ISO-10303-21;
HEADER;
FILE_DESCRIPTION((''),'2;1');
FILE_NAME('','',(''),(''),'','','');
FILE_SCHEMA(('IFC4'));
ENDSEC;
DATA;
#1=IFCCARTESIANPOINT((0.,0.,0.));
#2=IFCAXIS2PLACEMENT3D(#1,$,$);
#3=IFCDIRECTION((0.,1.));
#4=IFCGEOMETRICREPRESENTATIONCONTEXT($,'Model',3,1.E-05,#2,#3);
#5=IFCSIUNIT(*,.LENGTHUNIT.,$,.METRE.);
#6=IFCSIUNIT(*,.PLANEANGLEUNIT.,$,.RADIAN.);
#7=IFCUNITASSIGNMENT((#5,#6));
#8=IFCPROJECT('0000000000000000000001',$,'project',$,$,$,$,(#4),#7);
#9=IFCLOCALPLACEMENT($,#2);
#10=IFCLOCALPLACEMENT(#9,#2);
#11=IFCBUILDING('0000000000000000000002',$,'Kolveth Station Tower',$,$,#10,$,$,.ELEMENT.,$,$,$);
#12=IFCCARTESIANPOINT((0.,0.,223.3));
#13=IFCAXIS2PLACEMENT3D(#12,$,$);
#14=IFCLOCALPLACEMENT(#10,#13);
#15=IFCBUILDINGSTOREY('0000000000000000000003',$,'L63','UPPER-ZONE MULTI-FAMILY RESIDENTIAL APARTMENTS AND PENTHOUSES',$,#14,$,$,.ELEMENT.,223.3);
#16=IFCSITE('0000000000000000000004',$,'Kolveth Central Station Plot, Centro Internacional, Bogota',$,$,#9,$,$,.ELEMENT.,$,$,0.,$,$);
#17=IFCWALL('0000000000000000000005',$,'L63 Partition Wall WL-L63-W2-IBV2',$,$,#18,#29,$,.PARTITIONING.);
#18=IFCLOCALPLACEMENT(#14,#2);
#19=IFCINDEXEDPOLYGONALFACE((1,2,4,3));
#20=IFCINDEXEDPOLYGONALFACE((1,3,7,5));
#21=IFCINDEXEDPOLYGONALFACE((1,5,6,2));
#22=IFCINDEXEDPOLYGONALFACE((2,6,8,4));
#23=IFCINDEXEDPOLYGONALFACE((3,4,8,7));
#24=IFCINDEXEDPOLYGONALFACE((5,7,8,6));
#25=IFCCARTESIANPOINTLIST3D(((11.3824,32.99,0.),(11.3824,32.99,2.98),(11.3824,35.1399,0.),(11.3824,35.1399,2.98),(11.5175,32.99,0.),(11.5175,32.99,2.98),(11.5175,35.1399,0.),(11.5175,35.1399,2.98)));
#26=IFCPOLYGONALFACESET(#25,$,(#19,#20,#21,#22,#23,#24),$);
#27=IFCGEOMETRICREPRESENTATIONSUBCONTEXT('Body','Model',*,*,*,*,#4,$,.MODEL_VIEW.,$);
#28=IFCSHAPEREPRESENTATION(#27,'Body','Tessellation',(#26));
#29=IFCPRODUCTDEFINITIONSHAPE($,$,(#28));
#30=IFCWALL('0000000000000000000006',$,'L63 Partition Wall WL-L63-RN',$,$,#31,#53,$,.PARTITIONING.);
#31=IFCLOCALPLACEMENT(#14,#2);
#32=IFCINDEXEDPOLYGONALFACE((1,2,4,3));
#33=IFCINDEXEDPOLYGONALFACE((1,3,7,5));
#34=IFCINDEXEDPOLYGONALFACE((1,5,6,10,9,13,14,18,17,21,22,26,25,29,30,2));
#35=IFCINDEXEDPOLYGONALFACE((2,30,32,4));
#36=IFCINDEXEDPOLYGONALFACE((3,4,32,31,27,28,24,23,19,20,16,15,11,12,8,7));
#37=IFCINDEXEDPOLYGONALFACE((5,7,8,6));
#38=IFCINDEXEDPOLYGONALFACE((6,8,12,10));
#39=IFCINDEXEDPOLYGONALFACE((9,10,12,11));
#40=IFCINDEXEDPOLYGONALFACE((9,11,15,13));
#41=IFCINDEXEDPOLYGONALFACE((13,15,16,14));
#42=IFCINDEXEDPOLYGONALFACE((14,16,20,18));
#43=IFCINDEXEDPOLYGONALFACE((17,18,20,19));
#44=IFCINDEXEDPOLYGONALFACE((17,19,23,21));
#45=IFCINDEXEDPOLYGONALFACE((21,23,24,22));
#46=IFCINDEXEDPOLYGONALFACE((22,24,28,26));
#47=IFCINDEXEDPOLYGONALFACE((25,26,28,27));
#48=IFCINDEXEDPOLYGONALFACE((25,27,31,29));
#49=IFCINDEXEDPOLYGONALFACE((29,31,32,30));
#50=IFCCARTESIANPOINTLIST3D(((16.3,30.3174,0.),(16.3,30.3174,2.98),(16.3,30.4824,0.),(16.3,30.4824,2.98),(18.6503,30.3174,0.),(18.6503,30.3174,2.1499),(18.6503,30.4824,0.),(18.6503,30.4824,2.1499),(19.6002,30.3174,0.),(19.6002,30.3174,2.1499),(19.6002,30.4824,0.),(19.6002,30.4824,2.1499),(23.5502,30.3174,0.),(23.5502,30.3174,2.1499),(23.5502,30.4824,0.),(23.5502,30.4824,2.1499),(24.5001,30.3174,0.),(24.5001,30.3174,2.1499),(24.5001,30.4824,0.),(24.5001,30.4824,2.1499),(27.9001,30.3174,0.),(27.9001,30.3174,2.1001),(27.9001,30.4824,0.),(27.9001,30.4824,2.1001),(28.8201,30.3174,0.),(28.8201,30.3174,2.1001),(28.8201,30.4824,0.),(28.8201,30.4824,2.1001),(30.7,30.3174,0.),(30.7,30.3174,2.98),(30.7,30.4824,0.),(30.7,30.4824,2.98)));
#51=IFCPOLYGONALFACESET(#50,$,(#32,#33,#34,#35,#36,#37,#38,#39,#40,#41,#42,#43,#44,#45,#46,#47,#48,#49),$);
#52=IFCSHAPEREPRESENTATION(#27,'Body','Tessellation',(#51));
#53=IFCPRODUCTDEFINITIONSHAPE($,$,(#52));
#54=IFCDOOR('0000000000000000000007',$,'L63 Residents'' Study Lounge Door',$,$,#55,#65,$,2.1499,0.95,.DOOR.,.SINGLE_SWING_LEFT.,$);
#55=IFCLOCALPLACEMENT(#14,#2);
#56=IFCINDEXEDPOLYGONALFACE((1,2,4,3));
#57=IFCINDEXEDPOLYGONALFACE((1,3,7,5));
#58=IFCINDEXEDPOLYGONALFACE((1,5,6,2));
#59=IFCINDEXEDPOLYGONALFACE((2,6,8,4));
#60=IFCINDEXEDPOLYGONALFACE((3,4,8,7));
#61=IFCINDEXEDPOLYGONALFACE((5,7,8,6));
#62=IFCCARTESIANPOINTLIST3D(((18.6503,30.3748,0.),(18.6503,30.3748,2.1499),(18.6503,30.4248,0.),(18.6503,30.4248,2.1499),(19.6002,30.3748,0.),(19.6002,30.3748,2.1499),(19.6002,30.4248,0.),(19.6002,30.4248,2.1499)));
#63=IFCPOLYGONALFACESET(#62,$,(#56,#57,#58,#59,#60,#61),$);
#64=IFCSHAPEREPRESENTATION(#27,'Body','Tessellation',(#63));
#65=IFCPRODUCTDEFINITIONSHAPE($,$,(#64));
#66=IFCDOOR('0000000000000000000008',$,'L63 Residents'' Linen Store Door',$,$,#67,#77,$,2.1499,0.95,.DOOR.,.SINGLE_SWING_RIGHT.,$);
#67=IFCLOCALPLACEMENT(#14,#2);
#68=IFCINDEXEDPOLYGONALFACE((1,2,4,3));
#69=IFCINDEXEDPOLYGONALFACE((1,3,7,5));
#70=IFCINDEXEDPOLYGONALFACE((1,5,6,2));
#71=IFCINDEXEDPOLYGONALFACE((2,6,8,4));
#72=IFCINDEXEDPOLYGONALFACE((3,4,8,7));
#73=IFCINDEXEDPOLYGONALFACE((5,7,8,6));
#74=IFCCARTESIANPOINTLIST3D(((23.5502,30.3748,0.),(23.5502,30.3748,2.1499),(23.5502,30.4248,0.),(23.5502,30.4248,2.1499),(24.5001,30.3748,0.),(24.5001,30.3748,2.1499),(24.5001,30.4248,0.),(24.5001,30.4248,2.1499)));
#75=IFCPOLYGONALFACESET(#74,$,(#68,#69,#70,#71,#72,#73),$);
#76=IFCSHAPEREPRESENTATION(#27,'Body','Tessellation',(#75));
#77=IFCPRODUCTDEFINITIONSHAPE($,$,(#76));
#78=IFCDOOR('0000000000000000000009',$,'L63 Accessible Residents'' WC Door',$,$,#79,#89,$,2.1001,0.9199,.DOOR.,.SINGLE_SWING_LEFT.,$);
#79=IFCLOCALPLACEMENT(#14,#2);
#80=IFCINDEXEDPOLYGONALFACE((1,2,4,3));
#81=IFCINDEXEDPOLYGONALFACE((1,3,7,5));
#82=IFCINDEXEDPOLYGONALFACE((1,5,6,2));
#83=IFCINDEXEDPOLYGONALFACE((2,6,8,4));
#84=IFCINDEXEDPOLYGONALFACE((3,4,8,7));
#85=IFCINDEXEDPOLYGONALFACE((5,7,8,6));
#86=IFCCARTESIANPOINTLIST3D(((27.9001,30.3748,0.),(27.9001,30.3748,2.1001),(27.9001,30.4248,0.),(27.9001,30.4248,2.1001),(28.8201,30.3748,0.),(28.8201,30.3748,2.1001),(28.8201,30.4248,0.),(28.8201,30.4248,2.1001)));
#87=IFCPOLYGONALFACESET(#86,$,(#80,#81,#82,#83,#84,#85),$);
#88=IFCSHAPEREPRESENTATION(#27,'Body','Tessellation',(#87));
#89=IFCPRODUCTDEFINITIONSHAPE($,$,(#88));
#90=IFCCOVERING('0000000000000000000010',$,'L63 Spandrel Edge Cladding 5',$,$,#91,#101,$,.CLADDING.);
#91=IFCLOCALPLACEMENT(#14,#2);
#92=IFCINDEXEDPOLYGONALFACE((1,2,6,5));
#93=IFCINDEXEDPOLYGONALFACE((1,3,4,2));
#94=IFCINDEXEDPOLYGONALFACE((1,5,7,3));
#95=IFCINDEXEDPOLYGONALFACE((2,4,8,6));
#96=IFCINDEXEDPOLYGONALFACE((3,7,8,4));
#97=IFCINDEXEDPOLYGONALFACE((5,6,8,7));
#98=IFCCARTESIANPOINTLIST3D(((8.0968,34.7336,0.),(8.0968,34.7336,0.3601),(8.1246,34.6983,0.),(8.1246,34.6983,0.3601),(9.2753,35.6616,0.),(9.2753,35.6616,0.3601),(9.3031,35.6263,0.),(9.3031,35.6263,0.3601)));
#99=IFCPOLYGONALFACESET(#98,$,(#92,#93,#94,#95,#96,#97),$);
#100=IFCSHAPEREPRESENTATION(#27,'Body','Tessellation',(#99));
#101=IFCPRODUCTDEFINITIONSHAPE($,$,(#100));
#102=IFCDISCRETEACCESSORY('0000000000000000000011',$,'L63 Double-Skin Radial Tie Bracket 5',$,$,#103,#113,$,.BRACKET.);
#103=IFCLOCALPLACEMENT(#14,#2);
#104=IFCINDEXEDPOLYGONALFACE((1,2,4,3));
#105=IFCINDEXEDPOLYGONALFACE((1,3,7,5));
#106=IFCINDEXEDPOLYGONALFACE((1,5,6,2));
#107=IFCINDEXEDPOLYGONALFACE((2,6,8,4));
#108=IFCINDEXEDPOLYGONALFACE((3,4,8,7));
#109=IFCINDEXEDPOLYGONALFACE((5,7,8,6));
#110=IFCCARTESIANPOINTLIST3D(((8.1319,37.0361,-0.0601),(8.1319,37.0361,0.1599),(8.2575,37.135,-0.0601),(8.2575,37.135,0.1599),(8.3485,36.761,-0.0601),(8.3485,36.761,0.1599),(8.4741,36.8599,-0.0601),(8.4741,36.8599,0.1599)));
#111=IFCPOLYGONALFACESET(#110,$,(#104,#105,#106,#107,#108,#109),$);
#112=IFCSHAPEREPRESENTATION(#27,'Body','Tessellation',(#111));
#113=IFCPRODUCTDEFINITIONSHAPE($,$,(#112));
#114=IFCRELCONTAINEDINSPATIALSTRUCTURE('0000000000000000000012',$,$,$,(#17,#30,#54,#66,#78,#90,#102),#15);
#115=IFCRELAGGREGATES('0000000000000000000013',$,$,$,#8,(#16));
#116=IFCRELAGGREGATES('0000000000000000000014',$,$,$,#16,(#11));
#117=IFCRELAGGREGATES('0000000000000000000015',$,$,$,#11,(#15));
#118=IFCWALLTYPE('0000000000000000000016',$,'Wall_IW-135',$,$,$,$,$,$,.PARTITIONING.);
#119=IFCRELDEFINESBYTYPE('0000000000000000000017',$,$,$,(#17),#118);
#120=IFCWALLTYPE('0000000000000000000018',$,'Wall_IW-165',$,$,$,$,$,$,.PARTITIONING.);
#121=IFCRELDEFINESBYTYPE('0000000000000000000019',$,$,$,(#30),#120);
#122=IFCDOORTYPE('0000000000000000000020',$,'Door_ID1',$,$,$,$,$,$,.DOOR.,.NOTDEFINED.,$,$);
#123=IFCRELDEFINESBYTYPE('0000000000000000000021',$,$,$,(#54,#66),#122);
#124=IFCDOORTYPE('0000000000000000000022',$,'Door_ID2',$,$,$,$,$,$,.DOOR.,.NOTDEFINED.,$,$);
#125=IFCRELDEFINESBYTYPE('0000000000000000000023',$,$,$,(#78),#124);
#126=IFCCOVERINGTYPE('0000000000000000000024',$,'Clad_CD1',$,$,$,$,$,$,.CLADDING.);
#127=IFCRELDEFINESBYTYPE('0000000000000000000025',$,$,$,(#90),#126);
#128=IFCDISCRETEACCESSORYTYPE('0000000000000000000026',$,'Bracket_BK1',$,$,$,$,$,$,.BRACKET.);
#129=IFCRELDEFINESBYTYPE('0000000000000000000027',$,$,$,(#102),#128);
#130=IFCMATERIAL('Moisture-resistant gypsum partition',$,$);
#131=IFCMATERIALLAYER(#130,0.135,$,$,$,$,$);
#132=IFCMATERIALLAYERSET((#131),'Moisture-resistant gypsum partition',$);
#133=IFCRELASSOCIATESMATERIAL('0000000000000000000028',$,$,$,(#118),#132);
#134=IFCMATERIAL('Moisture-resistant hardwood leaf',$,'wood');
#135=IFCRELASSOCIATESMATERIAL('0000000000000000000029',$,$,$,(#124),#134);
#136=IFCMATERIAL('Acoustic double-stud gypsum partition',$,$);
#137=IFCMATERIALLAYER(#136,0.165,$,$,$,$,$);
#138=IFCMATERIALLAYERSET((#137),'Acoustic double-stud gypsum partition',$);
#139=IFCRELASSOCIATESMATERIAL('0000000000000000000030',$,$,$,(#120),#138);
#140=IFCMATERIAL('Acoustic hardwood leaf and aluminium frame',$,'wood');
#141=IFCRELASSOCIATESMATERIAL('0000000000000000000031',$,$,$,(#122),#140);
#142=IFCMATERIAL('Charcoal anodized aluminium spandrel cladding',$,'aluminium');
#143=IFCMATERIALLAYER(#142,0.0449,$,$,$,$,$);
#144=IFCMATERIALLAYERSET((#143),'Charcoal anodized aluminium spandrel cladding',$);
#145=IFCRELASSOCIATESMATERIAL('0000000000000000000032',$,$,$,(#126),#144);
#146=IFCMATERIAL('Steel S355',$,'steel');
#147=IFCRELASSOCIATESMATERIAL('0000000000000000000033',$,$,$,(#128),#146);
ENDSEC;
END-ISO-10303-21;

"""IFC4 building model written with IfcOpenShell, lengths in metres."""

from ifc_helpers import new_model, si_unit, direction, frame, frame_2d, origin, origin_2d, place, context, subcontext, project, spatial, rectangle, extrude, source, transform, mapped, material, layer, layer_set, type_object, element, fill, save


model = new_model("IFC4")

# Units and contexts
model_context = context("Model", 3, precision=1e-05, world=origin(), true_north=direction((0.0, 1.0)))
body_context = subcontext(model_context, "Body", "Model", "MODEL_VIEW")
ifc_project = project(units=[si_unit("LENGTHUNIT", "METRE"), si_unit("PLANEANGLEUNIT", "RADIAN")], contexts=[model_context])

# Site, building, storey
site_placement = place(None, origin())
site = spatial("IfcSite", under=ifc_project, at=site_placement, Name="Kolveth Central Station Plot, Centro Internacional, Bogota", CompositionType="ELEMENT", RefElevation=0.0)
building_placement = place(site_placement, origin())
building = spatial("IfcBuilding", under=site, at=building_placement, Name="Kolveth Station Tower", CompositionType="ELEMENT")
storey_placement = place(building_placement, frame((0.0, 0.0, 223.3)))
storey = spatial("IfcBuildingStorey", under=building, at=storey_placement, Name="L63", Description="UPPER-ZONE MULTI-FAMILY RESIDENTIAL APARTMENTS AND PENTHOUSES", CompositionType="ELEMENT", Elevation=223.3)

# Shared definitions
ifc_material_1 = material(Name="Steel S355", Category="steel")

# Shared definitions
ifc_material_2 = material(Name="Moisture-resistant gypsum partition")
ifc_layer_1 = layer(ifc_material_2, 0.135)
ifc_layer_set_1 = layer_set([ifc_layer_1], Name="Moisture-resistant gypsum partition")
wall_type_1 = type_object("IfcWallType", Name="Wall_IW-135", PredefinedType="PARTITIONING", material=ifc_layer_set_1)
ifc_material_3 = material(Name="Moisture-resistant hardwood leaf", Category="wood")
door_type_1 = type_object("IfcDoorType", Name="Door_ID2", OperationType="NOTDEFINED", PredefinedType="DOOR", material=ifc_material_3)

# Wall
for number, where, z_axis, x_axis, name in (
    (1, (11.45, 32.99, 0.0), (0.0, 0.0, 1.0), (0.0, 1.0, 0.0), "L63 Partition Wall WL-L63-W2-IBV2"),
):
    element("IfcWall", number, at=place(storey_placement, frame(where, z_axis=z_axis, x_axis=x_axis)), inside=storey, type_object=wall_type_1, Name=name, PredefinedType="PARTITIONING", context=body_context, shape_type="SweptSolid", body=[
        extrude(rectangle(XDim=2.1499, YDim=0.135, at=frame_2d((1.075, 0.0))), origin(), (0.0, 0.0, 1.0), 2.98),
    ])

# Wall, openings, doors
ifc_material_4 = material(Name="Acoustic double-stud gypsum partition")
ifc_layer_2 = layer(ifc_material_4, 0.165)
ifc_layer_set_2 = layer_set([ifc_layer_2], Name="Acoustic double-stud gypsum partition")
wall_type_2 = type_object("IfcWallType", Name="Wall_IW-165", PredefinedType="PARTITIONING", material=ifc_layer_set_2)
wall_1_placement = place(storey_placement, frame((16.3, 30.3999, 0.0), z_axis=(0.0, 0.0, 1.0), x_axis=(1.0, 0.0, 0.0)))
wall_1 = element("IfcWall", 2, at=wall_1_placement, inside=storey, type_object=wall_type_2, Name="L63 Partition Wall WL-L63-RN", PredefinedType="PARTITIONING", context=body_context, shape_type="SweptSolid", body=[
    extrude(rectangle(XDim=14.3999, YDim=0.165, at=frame_2d((7.2, 0.0))), origin(), (0.0, 0.0, 1.0), 2.98),
])
opening_1_placement = place(wall_1_placement, frame((2.3501, 0.0, 0.0)))
opening_1 = element("IfcOpeningElement", 3, at=opening_1_placement, cuts=wall_1, PredefinedType="OPENING", context=body_context, shape_type="SweptSolid", body=[
    extrude(rectangle(XDim=0.95, YDim=2.1499, at=frame_2d((0.4751, 1.075))), frame((0.0, 0.0925, 0.0), z_axis=(0.0, -1.0, 0.0), x_axis=(1.0, 0.0, 0.0)), (0.0, 0.0, 1.0), 0.1851),
])
opening_2_placement = place(wall_1_placement, frame((7.25, 0.0, 0.0)))
opening_2 = element("IfcOpeningElement", 4, at=opening_2_placement, cuts=wall_1, PredefinedType="OPENING", context=body_context, shape_type="SweptSolid", body=[
    extrude(rectangle(XDim=0.95, YDim=2.1499, at=frame_2d((0.4751, 1.075))), frame((0.0, 0.0925, 0.0), z_axis=(0.0, -1.0, 0.0), x_axis=(1.0, 0.0, 0.0)), (0.0, 0.0, 1.0), 0.1851),
])
opening_3_placement = place(wall_1_placement, frame((11.6001, 0.0, 0.0)))
opening_3 = element("IfcOpeningElement", 5, at=opening_3_placement, cuts=wall_1, PredefinedType="OPENING", context=body_context, shape_type="SweptSolid", body=[
    extrude(rectangle(XDim=0.9199, YDim=2.1001, at=frame_2d((0.46, 1.05))), frame((0.0, 0.0925, 0.0), z_axis=(0.0, -1.0, 0.0), x_axis=(1.0, 0.0, 0.0)), (0.0, 0.0, 1.0), 0.1851),
])
ifc_material_5 = material(Name="Acoustic hardwood leaf and aluminium frame", Category="wood")
door_type_2 = type_object("IfcDoorType", Name="Door_ID1", OperationType="NOTDEFINED", PredefinedType="DOOR", material=ifc_material_5)
door_1_placement = place(opening_1_placement, origin())
door_1 = element("IfcDoor", 6, at=door_1_placement, inside=storey, type_object=door_type_2, Name="L63 Residents' Study Lounge Door", OperationType="SINGLE_SWING_LEFT", OverallHeight=2.1499, OverallWidth=0.95, PredefinedType="DOOR", context=body_context, shape_type="SweptSolid", body=[
    extrude(rectangle(XDim=0.95, YDim=2.1499, at=frame_2d((0.4751, 1.075))), frame((0.0, 0.0249, 0.0), z_axis=(0.0, -1.0, 0.0), x_axis=(1.0, 0.0, 0.0)), (0.0, 0.0, 1.0), 0.05),
])
fill(opening_1, door_1)
door_2_placement = place(opening_2_placement, origin())
door_2 = element("IfcDoor", 7, at=door_2_placement, inside=storey, type_object=door_type_2, Name="L63 Residents' Linen Store Door", OperationType="SINGLE_SWING_RIGHT", OverallHeight=2.1499, OverallWidth=0.95, PredefinedType="DOOR", context=body_context, shape_type="SweptSolid", body=[
    extrude(rectangle(XDim=0.95, YDim=2.1499, at=frame_2d((0.4751, 1.075))), frame((0.0, 0.0249, 0.0), z_axis=(0.0, -1.0, 0.0), x_axis=(1.0, 0.0, 0.0)), (0.0, 0.0, 1.0), 0.05),
])
fill(opening_2, door_2)
door_3_placement = place(opening_3_placement, origin())
door_3 = element("IfcDoor", 8, at=door_3_placement, inside=storey, type_object=door_type_1, Name="L63 Accessible Residents' WC Door", OperationType="SINGLE_SWING_LEFT", OverallHeight=2.1001, OverallWidth=0.9199, PredefinedType="DOOR", context=body_context, shape_type="SweptSolid", body=[
    extrude(rectangle(XDim=0.9199, YDim=2.1001, at=frame_2d((0.46, 1.05))), frame((0.0, 0.0249, 0.0), z_axis=(0.0, -1.0, 0.0), x_axis=(1.0, 0.0, 0.0)), (0.0, 0.0, 1.0), 0.05),
])
fill(opening_3, door_3)

# Covering
ifc_material_6 = material(Name="Charcoal anodized aluminium spandrel cladding", Category="aluminium")
ifc_layer_3 = layer(ifc_material_6, 0.0449)
ifc_layer_set_3 = layer_set([ifc_layer_3], Name="Charcoal anodized aluminium spandrel cladding")
covering_type = type_object("IfcCoveringType", Name="Clad_CD1", PredefinedType="CLADDING", material=ifc_layer_set_3)
shared_shape_1 = source(origin(), body_context, "Body", "SweptSolid", [
    extrude(rectangle(XDim=1.5, YDim=0.0449, at=origin_2d()), origin(), (0.0, 0.0, 1.0), 0.3601),
])
covering_placement = place(storey_placement, frame((8.7, 35.1799, 0.0), z_axis=(0.0, 0.0, 1.0), x_axis=(-0.785641, -0.618683, 0.0)))
element("IfcCovering", 9, at=covering_placement, inside=storey, type_object=covering_type, Name="L63 Spandrel Edge Cladding 5", PredefinedType="CLADDING", context=body_context, shape_type="MappedRepresentation", body=[
    mapped(shared_shape_1, transform((0.0, 0.0, 0.0), x_axis=(1.0, 0.0, 0.0), y_axis=(0.0, 1.0, 0.0), z_axis=(0.0, 0.0, 1.0), scale=1.0)),
])

# Discrete accessory
discrete_accessory_type = type_object("IfcDiscreteAccessoryType", Name="Bracket_BK1", PredefinedType="BRACKET", material=ifc_material_1)
shared_shape_2 = source(origin(), body_context, "Body", "SweptSolid", [
    extrude(rectangle(XDim=0.3501, YDim=0.1599, at=origin_2d()), origin(), (0.0, 0.0, 1.0), 0.22),
])
discrete_accessory_placement = place(storey_placement, frame((8.303, 36.948, -0.0601), z_axis=(0.0, 0.0, 1.0), x_axis=(-0.618683, 0.785641, 0.0)))
element("IfcDiscreteAccessory", 10, at=discrete_accessory_placement, inside=storey, type_object=discrete_accessory_type, Name="L63 Double-Skin Radial Tie Bracket 5", PredefinedType="BRACKET", context=body_context, shape_type="MappedRepresentation", body=[
    mapped(shared_shape_2, transform((0.0, 0.0, 0.0), x_axis=(1.0, 0.0, 0.0), y_axis=(0.0, 1.0, 0.0), z_axis=(0.0, 0.0, 1.0), scale=1.0)),
])

save(model, "model.ifc")
